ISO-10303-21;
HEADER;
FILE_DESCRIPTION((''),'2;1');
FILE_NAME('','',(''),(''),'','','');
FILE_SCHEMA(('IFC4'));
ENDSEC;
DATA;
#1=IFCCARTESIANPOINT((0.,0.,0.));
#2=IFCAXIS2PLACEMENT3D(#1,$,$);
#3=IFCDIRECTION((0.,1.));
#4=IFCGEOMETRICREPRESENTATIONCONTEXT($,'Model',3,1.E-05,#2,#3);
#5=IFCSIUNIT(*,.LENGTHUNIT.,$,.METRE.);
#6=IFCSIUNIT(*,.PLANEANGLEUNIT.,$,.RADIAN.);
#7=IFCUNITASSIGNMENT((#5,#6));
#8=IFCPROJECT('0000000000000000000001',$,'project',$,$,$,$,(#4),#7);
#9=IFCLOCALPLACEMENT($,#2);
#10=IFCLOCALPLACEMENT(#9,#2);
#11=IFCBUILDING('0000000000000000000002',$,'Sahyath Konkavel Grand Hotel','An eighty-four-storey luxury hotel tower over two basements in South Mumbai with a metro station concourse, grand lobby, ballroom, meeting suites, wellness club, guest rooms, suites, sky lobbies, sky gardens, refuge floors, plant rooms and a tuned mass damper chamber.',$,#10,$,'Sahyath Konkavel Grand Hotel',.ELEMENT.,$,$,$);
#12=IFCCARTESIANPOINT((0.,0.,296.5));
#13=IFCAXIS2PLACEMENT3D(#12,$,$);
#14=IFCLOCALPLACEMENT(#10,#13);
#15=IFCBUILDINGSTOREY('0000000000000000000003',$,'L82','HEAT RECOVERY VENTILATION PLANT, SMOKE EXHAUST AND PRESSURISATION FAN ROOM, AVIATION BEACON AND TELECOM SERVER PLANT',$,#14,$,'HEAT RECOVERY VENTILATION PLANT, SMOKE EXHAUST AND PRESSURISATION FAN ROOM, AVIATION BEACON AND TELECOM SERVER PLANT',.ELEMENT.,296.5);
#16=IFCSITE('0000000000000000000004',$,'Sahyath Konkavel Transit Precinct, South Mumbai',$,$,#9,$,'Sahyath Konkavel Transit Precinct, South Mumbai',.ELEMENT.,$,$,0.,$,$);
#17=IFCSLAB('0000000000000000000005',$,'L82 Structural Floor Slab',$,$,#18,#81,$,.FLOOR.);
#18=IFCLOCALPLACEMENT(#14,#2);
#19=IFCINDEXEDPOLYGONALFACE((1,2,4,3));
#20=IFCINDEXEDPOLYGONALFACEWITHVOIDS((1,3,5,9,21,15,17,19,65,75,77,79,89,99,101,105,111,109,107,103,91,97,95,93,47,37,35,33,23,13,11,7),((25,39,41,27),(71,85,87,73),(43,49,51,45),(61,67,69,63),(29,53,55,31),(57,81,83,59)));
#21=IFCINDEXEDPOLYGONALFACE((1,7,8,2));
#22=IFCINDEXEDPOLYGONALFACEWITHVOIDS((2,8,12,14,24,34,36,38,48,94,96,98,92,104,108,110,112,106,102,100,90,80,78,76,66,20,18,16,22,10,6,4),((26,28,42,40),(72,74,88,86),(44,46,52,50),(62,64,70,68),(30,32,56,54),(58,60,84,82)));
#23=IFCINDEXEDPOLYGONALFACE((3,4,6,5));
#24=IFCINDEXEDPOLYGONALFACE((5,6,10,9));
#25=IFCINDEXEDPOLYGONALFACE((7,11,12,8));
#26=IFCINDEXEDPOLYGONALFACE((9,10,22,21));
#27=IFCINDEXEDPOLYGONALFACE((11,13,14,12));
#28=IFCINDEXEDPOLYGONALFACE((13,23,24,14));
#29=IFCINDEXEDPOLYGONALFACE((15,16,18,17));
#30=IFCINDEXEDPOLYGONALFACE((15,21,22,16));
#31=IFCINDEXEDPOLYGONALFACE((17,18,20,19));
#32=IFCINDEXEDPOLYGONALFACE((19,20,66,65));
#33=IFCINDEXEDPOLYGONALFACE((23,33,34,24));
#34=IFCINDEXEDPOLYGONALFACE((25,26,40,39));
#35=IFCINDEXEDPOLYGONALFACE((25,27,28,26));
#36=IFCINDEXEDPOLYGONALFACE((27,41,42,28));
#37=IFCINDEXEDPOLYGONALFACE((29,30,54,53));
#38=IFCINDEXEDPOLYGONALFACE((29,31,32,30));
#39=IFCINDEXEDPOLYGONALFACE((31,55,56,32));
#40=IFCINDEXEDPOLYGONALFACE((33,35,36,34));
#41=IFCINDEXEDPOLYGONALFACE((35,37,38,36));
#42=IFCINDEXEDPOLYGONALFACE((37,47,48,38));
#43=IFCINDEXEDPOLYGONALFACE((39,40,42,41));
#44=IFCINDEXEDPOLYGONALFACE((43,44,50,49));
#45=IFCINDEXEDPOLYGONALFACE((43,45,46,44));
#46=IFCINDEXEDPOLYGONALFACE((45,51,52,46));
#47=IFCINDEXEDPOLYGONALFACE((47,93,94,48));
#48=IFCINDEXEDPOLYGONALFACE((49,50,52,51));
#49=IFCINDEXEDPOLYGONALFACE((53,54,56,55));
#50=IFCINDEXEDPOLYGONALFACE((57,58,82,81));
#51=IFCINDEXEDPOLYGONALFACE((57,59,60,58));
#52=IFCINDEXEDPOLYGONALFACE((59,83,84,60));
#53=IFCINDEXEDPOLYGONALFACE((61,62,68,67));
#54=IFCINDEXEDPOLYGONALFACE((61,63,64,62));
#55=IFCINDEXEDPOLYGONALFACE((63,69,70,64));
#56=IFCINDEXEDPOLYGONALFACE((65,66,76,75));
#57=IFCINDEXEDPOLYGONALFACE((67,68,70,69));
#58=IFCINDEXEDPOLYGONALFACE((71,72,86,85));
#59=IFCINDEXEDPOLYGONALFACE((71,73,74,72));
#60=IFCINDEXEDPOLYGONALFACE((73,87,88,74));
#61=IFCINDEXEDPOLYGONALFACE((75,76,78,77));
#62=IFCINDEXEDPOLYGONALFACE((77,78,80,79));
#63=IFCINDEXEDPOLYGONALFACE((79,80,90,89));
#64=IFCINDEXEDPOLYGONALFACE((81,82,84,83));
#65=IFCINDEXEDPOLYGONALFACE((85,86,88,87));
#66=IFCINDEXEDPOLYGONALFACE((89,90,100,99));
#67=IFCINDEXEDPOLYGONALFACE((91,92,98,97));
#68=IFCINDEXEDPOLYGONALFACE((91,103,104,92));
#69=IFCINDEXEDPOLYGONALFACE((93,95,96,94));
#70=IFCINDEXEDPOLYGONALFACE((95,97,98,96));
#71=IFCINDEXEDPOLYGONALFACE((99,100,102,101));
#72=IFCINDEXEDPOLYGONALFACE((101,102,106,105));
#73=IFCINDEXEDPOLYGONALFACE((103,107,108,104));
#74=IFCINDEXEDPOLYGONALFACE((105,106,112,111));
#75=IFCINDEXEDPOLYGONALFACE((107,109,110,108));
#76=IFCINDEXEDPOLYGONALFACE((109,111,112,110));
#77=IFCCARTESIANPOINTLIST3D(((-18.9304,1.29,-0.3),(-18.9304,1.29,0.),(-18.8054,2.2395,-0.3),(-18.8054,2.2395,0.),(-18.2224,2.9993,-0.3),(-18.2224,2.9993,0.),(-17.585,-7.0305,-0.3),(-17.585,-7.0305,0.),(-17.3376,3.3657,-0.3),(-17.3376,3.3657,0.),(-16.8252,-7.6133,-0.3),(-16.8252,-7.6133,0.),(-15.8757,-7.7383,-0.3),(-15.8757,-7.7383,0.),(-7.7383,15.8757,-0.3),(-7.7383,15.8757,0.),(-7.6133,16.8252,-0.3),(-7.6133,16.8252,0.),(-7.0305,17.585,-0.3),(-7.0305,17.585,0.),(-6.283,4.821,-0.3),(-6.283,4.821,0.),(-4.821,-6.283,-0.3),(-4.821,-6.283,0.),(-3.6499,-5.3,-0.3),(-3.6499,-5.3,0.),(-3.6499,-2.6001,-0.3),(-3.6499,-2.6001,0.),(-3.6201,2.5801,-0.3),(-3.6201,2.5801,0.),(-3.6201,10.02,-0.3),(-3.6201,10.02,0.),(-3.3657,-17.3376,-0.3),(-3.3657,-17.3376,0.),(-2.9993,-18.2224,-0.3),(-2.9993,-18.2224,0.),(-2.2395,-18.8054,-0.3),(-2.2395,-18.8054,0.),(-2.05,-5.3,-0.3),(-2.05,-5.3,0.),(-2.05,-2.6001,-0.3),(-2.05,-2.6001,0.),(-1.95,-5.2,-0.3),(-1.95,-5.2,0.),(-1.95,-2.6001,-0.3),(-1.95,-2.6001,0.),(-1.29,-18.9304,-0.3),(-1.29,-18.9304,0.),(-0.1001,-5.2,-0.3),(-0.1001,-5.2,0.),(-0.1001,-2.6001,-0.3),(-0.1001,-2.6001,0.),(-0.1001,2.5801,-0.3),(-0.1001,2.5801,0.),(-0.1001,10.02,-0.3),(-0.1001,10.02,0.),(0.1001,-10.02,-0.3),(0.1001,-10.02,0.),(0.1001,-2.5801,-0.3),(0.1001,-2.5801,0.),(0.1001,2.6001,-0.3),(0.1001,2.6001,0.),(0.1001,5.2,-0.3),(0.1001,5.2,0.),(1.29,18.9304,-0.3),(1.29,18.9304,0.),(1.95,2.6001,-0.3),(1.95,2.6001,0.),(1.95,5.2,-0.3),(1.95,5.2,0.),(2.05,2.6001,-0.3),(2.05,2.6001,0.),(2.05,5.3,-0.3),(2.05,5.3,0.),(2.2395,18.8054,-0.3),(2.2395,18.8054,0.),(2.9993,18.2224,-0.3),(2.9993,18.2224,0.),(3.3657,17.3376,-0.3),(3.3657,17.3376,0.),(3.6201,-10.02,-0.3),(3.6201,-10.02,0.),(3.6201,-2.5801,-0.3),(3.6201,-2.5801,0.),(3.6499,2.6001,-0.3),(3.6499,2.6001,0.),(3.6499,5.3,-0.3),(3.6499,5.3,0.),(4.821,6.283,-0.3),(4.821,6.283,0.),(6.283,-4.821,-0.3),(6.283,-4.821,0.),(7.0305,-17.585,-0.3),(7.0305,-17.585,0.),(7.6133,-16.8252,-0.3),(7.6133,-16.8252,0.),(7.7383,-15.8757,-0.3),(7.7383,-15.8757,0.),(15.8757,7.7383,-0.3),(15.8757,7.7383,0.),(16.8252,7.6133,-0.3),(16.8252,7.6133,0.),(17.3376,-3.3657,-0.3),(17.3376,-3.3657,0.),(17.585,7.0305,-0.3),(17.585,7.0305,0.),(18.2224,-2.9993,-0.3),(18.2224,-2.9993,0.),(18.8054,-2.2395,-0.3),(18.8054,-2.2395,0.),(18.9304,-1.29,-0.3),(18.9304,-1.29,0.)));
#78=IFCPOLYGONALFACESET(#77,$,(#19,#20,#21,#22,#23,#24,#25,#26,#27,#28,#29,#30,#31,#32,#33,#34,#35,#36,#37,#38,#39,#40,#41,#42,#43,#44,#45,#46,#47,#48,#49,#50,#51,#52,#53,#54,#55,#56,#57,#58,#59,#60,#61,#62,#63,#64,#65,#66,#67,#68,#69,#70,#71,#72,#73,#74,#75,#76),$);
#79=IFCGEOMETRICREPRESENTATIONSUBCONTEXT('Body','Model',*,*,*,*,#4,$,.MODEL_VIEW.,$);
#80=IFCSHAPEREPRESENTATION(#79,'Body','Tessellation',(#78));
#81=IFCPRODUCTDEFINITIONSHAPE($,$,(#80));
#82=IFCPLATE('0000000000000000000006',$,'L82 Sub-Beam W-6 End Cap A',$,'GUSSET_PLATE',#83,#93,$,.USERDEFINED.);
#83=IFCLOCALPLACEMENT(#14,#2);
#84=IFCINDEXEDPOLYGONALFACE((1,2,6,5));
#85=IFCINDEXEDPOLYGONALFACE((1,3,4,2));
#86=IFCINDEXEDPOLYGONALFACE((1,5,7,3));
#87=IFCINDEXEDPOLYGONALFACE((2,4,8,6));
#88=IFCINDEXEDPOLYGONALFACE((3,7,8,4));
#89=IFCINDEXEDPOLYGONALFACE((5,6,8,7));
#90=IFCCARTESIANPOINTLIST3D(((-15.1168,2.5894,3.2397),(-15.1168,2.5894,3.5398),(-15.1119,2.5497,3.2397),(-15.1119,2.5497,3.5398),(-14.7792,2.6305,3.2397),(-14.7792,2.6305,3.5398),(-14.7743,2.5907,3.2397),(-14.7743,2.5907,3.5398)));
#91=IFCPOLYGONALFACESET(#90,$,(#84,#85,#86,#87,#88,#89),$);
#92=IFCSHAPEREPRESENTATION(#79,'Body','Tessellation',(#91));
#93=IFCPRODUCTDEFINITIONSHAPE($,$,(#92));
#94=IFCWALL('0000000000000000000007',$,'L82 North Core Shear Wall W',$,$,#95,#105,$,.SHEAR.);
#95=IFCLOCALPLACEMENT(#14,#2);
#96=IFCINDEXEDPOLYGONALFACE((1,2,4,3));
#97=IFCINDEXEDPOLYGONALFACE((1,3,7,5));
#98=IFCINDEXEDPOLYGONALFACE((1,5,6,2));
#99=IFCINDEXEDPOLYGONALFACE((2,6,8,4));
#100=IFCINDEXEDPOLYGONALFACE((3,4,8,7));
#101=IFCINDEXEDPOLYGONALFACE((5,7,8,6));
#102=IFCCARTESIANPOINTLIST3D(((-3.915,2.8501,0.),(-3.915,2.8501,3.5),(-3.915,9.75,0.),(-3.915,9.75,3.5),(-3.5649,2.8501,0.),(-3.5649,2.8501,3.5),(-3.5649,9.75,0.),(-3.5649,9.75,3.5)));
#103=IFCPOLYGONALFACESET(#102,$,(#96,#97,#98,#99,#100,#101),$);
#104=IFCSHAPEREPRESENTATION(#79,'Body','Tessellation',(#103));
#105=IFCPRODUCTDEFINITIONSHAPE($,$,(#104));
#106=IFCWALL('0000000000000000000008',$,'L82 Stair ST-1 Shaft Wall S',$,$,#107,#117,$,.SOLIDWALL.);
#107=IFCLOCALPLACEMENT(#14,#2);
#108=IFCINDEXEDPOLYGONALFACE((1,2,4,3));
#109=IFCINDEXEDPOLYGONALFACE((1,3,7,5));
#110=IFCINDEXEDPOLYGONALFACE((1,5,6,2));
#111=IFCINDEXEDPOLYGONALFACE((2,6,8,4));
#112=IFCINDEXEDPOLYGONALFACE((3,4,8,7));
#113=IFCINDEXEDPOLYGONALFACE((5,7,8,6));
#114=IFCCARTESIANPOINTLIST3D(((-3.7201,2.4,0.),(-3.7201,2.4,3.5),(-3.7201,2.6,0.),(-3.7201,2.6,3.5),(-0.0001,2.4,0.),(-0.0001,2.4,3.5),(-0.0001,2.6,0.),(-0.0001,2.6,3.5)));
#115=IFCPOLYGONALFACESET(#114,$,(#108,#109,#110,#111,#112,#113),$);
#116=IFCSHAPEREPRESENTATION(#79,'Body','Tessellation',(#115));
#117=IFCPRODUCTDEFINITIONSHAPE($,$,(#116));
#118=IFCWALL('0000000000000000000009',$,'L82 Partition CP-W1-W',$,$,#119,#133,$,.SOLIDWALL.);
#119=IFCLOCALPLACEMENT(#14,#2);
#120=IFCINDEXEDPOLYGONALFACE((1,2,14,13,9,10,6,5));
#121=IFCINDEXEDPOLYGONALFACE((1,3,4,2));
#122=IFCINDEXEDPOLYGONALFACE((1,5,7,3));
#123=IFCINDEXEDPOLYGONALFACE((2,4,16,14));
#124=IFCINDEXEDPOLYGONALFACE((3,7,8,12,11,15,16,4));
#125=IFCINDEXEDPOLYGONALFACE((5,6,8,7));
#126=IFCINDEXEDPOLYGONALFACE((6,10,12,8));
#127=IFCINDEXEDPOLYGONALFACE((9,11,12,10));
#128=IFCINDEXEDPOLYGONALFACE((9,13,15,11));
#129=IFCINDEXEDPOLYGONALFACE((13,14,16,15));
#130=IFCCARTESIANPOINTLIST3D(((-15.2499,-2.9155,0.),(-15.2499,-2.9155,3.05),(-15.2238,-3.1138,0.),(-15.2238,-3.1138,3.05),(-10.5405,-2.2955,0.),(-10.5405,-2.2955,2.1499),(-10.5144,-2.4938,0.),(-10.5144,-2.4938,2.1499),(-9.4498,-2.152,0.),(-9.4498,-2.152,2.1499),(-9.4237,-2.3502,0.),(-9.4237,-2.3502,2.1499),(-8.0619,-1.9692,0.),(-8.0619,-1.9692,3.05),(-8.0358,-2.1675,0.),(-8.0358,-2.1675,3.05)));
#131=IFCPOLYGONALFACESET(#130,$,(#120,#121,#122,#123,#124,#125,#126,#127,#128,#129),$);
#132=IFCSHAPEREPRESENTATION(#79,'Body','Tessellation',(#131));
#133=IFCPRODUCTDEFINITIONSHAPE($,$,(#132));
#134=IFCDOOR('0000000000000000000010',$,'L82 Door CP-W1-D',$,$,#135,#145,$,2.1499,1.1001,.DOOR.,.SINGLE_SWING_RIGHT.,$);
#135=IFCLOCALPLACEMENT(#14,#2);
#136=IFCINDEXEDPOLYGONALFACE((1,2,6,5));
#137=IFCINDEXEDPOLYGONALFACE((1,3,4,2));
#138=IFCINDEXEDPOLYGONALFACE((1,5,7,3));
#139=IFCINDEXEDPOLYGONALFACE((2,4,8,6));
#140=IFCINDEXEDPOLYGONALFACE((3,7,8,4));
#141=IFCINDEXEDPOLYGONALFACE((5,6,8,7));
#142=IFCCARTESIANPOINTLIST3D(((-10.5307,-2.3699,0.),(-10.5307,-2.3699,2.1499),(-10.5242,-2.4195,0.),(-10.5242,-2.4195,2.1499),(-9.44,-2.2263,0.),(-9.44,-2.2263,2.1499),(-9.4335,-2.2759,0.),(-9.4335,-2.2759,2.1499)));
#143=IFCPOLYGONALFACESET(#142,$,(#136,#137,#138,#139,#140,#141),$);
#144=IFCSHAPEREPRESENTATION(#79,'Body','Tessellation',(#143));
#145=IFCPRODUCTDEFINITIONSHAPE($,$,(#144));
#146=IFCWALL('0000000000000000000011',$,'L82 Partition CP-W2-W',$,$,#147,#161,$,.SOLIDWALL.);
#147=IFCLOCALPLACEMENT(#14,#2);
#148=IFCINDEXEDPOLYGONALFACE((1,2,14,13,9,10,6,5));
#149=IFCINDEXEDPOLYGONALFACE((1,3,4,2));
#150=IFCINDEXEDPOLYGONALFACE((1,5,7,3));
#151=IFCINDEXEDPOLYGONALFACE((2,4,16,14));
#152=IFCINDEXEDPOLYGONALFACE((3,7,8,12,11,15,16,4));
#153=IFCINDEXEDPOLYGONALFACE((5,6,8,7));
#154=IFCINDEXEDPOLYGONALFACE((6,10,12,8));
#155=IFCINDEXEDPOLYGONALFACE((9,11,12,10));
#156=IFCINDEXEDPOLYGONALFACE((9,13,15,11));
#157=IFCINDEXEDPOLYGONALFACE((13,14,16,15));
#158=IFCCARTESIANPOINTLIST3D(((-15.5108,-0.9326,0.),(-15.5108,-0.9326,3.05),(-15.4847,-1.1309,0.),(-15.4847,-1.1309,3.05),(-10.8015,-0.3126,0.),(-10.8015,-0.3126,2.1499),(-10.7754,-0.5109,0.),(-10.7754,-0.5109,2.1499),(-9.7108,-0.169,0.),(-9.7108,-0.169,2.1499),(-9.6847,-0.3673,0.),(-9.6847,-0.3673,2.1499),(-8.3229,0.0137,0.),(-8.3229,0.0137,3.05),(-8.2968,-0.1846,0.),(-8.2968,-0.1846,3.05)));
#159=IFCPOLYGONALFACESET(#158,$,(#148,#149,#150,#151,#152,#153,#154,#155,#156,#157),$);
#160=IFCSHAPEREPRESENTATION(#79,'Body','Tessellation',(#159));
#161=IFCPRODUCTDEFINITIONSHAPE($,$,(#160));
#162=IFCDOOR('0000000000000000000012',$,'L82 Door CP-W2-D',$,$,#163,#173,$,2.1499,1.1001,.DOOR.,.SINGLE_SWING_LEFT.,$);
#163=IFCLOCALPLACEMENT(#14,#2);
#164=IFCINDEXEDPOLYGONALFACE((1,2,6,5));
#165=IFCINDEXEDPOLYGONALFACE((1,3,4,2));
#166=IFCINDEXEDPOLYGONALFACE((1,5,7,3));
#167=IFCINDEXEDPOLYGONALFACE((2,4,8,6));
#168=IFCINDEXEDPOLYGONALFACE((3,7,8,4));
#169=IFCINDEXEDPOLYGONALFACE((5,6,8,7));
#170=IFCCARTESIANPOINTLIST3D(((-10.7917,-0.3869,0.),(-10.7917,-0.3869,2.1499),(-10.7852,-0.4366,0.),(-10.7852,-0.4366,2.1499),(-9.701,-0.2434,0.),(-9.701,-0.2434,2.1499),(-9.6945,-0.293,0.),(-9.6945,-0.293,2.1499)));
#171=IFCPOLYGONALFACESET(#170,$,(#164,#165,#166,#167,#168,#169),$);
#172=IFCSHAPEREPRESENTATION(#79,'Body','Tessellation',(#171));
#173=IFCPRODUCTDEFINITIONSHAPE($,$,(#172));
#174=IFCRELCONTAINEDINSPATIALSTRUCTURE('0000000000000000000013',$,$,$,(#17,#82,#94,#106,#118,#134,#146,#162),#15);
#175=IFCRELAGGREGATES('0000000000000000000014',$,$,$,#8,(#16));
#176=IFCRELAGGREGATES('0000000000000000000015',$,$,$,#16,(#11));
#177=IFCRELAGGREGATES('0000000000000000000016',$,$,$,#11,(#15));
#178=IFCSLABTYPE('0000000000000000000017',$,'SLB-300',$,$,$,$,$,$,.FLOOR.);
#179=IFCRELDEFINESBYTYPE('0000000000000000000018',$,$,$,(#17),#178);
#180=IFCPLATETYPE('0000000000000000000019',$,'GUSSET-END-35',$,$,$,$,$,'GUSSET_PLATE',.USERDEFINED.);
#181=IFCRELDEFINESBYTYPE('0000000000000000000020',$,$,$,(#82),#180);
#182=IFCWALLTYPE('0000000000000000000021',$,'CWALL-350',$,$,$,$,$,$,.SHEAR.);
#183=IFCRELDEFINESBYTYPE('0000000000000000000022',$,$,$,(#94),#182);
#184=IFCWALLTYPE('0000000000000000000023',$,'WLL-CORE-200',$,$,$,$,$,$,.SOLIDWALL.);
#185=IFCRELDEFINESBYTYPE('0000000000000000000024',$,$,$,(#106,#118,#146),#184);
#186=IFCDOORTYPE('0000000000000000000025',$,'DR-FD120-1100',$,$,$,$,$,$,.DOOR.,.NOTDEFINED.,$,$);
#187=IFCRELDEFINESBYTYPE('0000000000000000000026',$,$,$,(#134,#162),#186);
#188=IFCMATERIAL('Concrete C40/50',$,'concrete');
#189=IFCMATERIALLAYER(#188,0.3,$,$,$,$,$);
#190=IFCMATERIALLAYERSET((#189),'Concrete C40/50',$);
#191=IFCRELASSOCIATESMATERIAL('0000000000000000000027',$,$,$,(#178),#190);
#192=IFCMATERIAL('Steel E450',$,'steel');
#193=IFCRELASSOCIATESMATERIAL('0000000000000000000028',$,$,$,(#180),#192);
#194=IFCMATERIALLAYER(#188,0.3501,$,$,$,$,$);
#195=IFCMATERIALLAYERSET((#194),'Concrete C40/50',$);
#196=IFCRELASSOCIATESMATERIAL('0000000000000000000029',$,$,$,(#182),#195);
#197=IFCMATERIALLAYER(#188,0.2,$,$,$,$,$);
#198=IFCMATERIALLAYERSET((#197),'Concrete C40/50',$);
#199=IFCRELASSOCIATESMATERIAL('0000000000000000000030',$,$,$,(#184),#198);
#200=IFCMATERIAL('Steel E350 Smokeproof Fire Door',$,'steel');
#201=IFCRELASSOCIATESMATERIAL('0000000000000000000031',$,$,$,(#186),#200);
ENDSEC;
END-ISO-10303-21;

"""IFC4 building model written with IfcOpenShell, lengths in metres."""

from ifc_helpers import new_model, si_unit, direction, frame, frame_2d, origin, origin_2d, place, context, subcontext, project, spatial, polyline, rectangle, outline, extrude, source, transform, mapped, material, layer, layer_set, type_object, element, fill, save


model = new_model("IFC4")

# Units and contexts
model_context = context("Model", 3, precision=1e-05, world=origin(), true_north=direction((0.0, 1.0)))
body_context = subcontext(model_context, "Body", "Model", "MODEL_VIEW")
ifc_project = project(units=[si_unit("LENGTHUNIT", "METRE"), si_unit("PLANEANGLEUNIT", "RADIAN")], contexts=[model_context])

# Site, building, storey
site_placement = place(None, origin())
site = spatial("IfcSite", under=ifc_project, at=site_placement, Name="Sahyath Konkavel Transit Precinct, South Mumbai", LongName="Sahyath Konkavel Transit Precinct, South Mumbai", CompositionType="ELEMENT", RefElevation=0.0)
building_placement = place(site_placement, origin())
building = spatial("IfcBuilding", under=site, at=building_placement, Name="Sahyath Konkavel Grand Hotel", Description="An eighty-four-storey luxury hotel tower over two basements in South Mumbai with a metro station concourse, grand lobby, ballroom, meeting suites, wellness club, guest rooms, suites, sky lobbies, sky gardens, refuge floors, plant rooms and a tuned mass damper chamber.", LongName="Sahyath Konkavel Grand Hotel", CompositionType="ELEMENT")
storey_placement = place(building_placement, frame((0.0, 0.0, 296.5)))
storey = spatial("IfcBuildingStorey", under=building, at=storey_placement, Name="L82", Description="HEAT RECOVERY VENTILATION PLANT, SMOKE EXHAUST AND PRESSURISATION FAN ROOM, AVIATION BEACON AND TELECOM SERVER PLANT", LongName="HEAT RECOVERY VENTILATION PLANT, SMOKE EXHAUST AND PRESSURISATION FAN ROOM, AVIATION BEACON AND TELECOM SERVER PLANT", CompositionType="ELEMENT", Elevation=296.5)

# Shared definitions
ifc_material_1 = material(Name="Concrete C40/50", Category="concrete")

# Slab
ifc_layer_1 = layer(ifc_material_1, 0.3)
ifc_layer_set_1 = layer_set([ifc_layer_1], Name="Concrete C40/50")
slab_type = type_object("IfcSlabType", Name="SLB-300", PredefinedType="FLOOR", material=ifc_layer_set_1)
slab_placement = place(storey_placement, frame((0.0, 0.0, -0.3)))
element("IfcSlab", 1, at=slab_placement, inside=storey, type_object=slab_type, Name="L82 Structural Floor Slab", PredefinedType="FLOOR", context=body_context, shape_type="SweptSolid", body=[
    extrude(outline(polyline([(6.283, -4.821), (17.3376, -3.3657), (18.2224, -2.9993), (18.8054, -2.2395), (18.9304, -1.29), (17.585, 7.0305), (16.8252, 7.6133), (15.8757, 7.7383), (4.821, 6.283), (3.3657, 17.3376), (2.9993, 18.2224), (2.2395, 18.8054), (1.29, 18.9304), (-7.0305, 17.585), (-7.6133, 16.8252), (-7.7383, 15.8757), (-6.283, 4.821), (-17.3376, 3.3657), (-18.2224, 2.9993), (-18.8054, 2.2395), (-18.9304, 1.29), (-17.585, -7.0305), (-16.8252, -7.6133), (-15.8757, -7.7383), (-4.821, -6.283), (-3.3657, -17.3376), (-2.9993, -18.2224), (-2.2395, -18.8054), (-1.29, -18.9304), (7.0305, -17.585), (7.6133, -16.8252), (7.7383, -15.8757), (6.283, -4.821)]), holes=[polyline([(-3.6201, 2.5801), (-0.1001, 2.5801), (-0.1001, 10.02), (-3.6201, 10.02), (-3.6201, 2.5801)]), polyline([(0.1001, -10.02), (3.6201, -10.02), (3.6201, -2.5801), (0.1001, -2.5801), (0.1001, -10.02)]), polyline([(0.1001, 2.6001), (1.95, 2.6001), (1.95, 5.2), (0.1001, 5.2), (0.1001, 2.6001)]), polyline([(-1.95, -5.2), (-0.1001, -5.2), (-0.1001, -2.6001), (-1.95, -2.6001), (-1.95, -5.2)]), polyline([(2.05, 2.6001), (3.6499, 2.6001), (3.6499, 5.3), (2.05, 5.3), (2.05, 2.6001)]), polyline([(-3.6499, -5.3), (-2.05, -5.3), (-2.05, -2.6001), (-3.6499, -2.6001), (-3.6499, -5.3)])]), origin(), (0.0, 0.0, 1.0), 0.3),
])

# Plate
ifc_material_2 = material(Name="Steel E450", Category="steel")
plate_type = type_object("IfcPlateType", Name="GUSSET-END-35", ElementType="GUSSET_PLATE", PredefinedType="USERDEFINED", material=ifc_material_2)
shared_shape_1 = source(origin(), body_context, "Body", "SweptSolid", [
    extrude(rectangle(XDim=0.04, YDim=0.3401, at=origin_2d()), origin(), (0.0, 0.0, 1.0), 0.3),
])
plate_placement = place(storey_placement, frame((-14.9456, 2.5901, 3.2397), z_axis=(0.0, 0.0, 1.0), x_axis=(0.120674, -0.992692, 0.0)))
element("IfcPlate", 2, at=plate_placement, inside=storey, type_object=plate_type, Name="L82 Sub-Beam W-6 End Cap A", ObjectType="GUSSET_PLATE", PredefinedType="USERDEFINED", context=body_context, shape_type="MappedRepresentation", body=[
    mapped(shared_shape_1, transform((0.0, 0.0, 0.0), scale=1.0)),
])

# Walls
ifc_layer_2 = layer(ifc_material_1, 0.3501)
ifc_layer_set_2 = layer_set([ifc_layer_2], Name="Concrete C40/50")
wall_type_1 = type_object("IfcWallType", Name="CWALL-350", PredefinedType="SHEAR", material=ifc_layer_set_2)
wall_1_placement = place(storey_placement, frame((-3.74, 2.8501, 0.0), z_axis=(0.0, 0.0, 1.0), x_axis=(0.0, 1.0, 0.0)))
element("IfcWall", 3, at=wall_1_placement, inside=storey, type_object=wall_type_1, Name="L82 North Core Shear Wall W", PredefinedType="SHEAR", context=body_context, shape_type="SweptSolid", body=[
    extrude(rectangle(XDim=6.8999, YDim=0.3501, at=frame_2d((3.45, 0.0))), origin(), (0.0, 0.0, 1.0), 3.5),
])
ifc_layer_3 = layer(ifc_material_1, 0.2)
ifc_layer_set_3 = layer_set([ifc_layer_3], Name="Concrete C40/50")
wall_type_2 = type_object("IfcWallType", Name="WLL-CORE-200", PredefinedType="SOLIDWALL", material=ifc_layer_set_3)
wall_2_placement = place(storey_placement, frame((-3.72, 2.5, 0.0), z_axis=(0.0, 0.0, 1.0), x_axis=(1.0, 0.0, 0.0)))
element("IfcWall", 4, at=wall_2_placement, inside=storey, type_object=wall_type_2, Name="L82 Stair ST-1 Shaft Wall S", PredefinedType="SOLIDWALL", context=body_context, shape_type="SweptSolid", body=[
    extrude(rectangle(XDim=3.72, YDim=0.2, at=frame_2d((1.8599, 0.0))), origin(), (0.0, 0.0, 1.0), 3.5),
])

# Walls, openings, doors
wall_3_placement = place(storey_placement, frame((-8.0488, -2.0684, 0.0), z_axis=(0.0, 0.0, 1.0), x_axis=(-0.991445, -0.130522, 0.0)))
wall_3 = element("IfcWall", 5, at=wall_3_placement, inside=storey, type_object=wall_type_2, Name="L82 Partition CP-W1-W", PredefinedType="SOLIDWALL", context=body_context, shape_type="SweptSolid", body=[
    extrude(rectangle(XDim=7.25, YDim=0.2, at=frame_2d((3.625, 0.0))), origin(), (0.0, 0.0, 1.0), 3.05),
])
opening_1_placement = place(wall_3_placement, frame((1.3999, 0.0, 0.0)))
opening_1 = element("IfcOpeningElement", 6, at=opening_1_placement, cuts=wall_3, PredefinedType="OPENING", context=body_context, shape_type="SweptSolid", body=[
    extrude(rectangle(XDim=1.1001, YDim=2.1499, at=frame_2d((0.55, 1.075))), frame((0.0, 0.1099, 0.0), z_axis=(0.0, -1.0, 0.0), x_axis=(1.0, 0.0, 0.0)), (0.0, 0.0, 1.0), 0.22),
])
ifc_material_3 = material(Name="Steel E350 Smokeproof Fire Door", Category="steel")
door_type = type_object("IfcDoorType", Name="DR-FD120-1100", OperationType="NOTDEFINED", PredefinedType="DOOR", material=ifc_material_3)
shared_shape_2 = source(origin(), body_context, "Body", "SweptSolid", [
    extrude(rectangle(XDim=1.1001, YDim=0.05, at=origin_2d()), origin(), (0.0, 0.0, 1.0), 2.1499),
])
door_1_placement = place(opening_1_placement, frame((0.55, 0.0, 0.0)))
door_1 = element("IfcDoor", 7, at=door_1_placement, inside=storey, type_object=door_type, Name="L82 Door CP-W1-D", OperationType="SINGLE_SWING_RIGHT", OverallHeight=2.1499, OverallWidth=1.1001, PredefinedType="DOOR", context=body_context, shape_type="MappedRepresentation", body=[
    mapped(shared_shape_2, transform((0.0, 0.0, 0.0), scale=1.0)),
])
fill(opening_1, door_1)
wall_4_placement = place(storey_placement, frame((-8.3098, -0.0854, 0.0), z_axis=(0.0, 0.0, 1.0), x_axis=(-0.991445, -0.130522, 0.0)))
wall_4 = element("IfcWall", 8, at=wall_4_placement, inside=storey, type_object=wall_type_2, Name="L82 Partition CP-W2-W", PredefinedType="SOLIDWALL", context=body_context, shape_type="SweptSolid", body=[
    extrude(rectangle(XDim=7.25, YDim=0.2, at=frame_2d((3.625, 0.0))), origin(), (0.0, 0.0, 1.0), 3.05),
])
opening_2_placement = place(wall_4_placement, frame((1.3999, 0.0, 0.0)))
opening_2 = element("IfcOpeningElement", 9, at=opening_2_placement, cuts=wall_4, PredefinedType="OPENING", context=body_context, shape_type="SweptSolid", body=[
    extrude(rectangle(XDim=1.1001, YDim=2.1499, at=frame_2d((0.55, 1.075))), frame((0.0, 0.1099, 0.0), z_axis=(0.0, -1.0, 0.0), x_axis=(1.0, 0.0, 0.0)), (0.0, 0.0, 1.0), 0.22),
])
door_2_placement = place(opening_2_placement, frame((0.55, 0.0, 0.0)))
door_2 = element("IfcDoor", 10, at=door_2_placement, inside=storey, type_object=door_type, Name="L82 Door CP-W2-D", OperationType="SINGLE_SWING_LEFT", OverallHeight=2.1499, OverallWidth=1.1001, PredefinedType="DOOR", context=body_context, shape_type="MappedRepresentation", body=[
    mapped(shared_shape_2, transform((0.0, 0.0, 0.0), scale=1.0)),
])
fill(opening_2, door_2)

save(model, "model.ifc")
